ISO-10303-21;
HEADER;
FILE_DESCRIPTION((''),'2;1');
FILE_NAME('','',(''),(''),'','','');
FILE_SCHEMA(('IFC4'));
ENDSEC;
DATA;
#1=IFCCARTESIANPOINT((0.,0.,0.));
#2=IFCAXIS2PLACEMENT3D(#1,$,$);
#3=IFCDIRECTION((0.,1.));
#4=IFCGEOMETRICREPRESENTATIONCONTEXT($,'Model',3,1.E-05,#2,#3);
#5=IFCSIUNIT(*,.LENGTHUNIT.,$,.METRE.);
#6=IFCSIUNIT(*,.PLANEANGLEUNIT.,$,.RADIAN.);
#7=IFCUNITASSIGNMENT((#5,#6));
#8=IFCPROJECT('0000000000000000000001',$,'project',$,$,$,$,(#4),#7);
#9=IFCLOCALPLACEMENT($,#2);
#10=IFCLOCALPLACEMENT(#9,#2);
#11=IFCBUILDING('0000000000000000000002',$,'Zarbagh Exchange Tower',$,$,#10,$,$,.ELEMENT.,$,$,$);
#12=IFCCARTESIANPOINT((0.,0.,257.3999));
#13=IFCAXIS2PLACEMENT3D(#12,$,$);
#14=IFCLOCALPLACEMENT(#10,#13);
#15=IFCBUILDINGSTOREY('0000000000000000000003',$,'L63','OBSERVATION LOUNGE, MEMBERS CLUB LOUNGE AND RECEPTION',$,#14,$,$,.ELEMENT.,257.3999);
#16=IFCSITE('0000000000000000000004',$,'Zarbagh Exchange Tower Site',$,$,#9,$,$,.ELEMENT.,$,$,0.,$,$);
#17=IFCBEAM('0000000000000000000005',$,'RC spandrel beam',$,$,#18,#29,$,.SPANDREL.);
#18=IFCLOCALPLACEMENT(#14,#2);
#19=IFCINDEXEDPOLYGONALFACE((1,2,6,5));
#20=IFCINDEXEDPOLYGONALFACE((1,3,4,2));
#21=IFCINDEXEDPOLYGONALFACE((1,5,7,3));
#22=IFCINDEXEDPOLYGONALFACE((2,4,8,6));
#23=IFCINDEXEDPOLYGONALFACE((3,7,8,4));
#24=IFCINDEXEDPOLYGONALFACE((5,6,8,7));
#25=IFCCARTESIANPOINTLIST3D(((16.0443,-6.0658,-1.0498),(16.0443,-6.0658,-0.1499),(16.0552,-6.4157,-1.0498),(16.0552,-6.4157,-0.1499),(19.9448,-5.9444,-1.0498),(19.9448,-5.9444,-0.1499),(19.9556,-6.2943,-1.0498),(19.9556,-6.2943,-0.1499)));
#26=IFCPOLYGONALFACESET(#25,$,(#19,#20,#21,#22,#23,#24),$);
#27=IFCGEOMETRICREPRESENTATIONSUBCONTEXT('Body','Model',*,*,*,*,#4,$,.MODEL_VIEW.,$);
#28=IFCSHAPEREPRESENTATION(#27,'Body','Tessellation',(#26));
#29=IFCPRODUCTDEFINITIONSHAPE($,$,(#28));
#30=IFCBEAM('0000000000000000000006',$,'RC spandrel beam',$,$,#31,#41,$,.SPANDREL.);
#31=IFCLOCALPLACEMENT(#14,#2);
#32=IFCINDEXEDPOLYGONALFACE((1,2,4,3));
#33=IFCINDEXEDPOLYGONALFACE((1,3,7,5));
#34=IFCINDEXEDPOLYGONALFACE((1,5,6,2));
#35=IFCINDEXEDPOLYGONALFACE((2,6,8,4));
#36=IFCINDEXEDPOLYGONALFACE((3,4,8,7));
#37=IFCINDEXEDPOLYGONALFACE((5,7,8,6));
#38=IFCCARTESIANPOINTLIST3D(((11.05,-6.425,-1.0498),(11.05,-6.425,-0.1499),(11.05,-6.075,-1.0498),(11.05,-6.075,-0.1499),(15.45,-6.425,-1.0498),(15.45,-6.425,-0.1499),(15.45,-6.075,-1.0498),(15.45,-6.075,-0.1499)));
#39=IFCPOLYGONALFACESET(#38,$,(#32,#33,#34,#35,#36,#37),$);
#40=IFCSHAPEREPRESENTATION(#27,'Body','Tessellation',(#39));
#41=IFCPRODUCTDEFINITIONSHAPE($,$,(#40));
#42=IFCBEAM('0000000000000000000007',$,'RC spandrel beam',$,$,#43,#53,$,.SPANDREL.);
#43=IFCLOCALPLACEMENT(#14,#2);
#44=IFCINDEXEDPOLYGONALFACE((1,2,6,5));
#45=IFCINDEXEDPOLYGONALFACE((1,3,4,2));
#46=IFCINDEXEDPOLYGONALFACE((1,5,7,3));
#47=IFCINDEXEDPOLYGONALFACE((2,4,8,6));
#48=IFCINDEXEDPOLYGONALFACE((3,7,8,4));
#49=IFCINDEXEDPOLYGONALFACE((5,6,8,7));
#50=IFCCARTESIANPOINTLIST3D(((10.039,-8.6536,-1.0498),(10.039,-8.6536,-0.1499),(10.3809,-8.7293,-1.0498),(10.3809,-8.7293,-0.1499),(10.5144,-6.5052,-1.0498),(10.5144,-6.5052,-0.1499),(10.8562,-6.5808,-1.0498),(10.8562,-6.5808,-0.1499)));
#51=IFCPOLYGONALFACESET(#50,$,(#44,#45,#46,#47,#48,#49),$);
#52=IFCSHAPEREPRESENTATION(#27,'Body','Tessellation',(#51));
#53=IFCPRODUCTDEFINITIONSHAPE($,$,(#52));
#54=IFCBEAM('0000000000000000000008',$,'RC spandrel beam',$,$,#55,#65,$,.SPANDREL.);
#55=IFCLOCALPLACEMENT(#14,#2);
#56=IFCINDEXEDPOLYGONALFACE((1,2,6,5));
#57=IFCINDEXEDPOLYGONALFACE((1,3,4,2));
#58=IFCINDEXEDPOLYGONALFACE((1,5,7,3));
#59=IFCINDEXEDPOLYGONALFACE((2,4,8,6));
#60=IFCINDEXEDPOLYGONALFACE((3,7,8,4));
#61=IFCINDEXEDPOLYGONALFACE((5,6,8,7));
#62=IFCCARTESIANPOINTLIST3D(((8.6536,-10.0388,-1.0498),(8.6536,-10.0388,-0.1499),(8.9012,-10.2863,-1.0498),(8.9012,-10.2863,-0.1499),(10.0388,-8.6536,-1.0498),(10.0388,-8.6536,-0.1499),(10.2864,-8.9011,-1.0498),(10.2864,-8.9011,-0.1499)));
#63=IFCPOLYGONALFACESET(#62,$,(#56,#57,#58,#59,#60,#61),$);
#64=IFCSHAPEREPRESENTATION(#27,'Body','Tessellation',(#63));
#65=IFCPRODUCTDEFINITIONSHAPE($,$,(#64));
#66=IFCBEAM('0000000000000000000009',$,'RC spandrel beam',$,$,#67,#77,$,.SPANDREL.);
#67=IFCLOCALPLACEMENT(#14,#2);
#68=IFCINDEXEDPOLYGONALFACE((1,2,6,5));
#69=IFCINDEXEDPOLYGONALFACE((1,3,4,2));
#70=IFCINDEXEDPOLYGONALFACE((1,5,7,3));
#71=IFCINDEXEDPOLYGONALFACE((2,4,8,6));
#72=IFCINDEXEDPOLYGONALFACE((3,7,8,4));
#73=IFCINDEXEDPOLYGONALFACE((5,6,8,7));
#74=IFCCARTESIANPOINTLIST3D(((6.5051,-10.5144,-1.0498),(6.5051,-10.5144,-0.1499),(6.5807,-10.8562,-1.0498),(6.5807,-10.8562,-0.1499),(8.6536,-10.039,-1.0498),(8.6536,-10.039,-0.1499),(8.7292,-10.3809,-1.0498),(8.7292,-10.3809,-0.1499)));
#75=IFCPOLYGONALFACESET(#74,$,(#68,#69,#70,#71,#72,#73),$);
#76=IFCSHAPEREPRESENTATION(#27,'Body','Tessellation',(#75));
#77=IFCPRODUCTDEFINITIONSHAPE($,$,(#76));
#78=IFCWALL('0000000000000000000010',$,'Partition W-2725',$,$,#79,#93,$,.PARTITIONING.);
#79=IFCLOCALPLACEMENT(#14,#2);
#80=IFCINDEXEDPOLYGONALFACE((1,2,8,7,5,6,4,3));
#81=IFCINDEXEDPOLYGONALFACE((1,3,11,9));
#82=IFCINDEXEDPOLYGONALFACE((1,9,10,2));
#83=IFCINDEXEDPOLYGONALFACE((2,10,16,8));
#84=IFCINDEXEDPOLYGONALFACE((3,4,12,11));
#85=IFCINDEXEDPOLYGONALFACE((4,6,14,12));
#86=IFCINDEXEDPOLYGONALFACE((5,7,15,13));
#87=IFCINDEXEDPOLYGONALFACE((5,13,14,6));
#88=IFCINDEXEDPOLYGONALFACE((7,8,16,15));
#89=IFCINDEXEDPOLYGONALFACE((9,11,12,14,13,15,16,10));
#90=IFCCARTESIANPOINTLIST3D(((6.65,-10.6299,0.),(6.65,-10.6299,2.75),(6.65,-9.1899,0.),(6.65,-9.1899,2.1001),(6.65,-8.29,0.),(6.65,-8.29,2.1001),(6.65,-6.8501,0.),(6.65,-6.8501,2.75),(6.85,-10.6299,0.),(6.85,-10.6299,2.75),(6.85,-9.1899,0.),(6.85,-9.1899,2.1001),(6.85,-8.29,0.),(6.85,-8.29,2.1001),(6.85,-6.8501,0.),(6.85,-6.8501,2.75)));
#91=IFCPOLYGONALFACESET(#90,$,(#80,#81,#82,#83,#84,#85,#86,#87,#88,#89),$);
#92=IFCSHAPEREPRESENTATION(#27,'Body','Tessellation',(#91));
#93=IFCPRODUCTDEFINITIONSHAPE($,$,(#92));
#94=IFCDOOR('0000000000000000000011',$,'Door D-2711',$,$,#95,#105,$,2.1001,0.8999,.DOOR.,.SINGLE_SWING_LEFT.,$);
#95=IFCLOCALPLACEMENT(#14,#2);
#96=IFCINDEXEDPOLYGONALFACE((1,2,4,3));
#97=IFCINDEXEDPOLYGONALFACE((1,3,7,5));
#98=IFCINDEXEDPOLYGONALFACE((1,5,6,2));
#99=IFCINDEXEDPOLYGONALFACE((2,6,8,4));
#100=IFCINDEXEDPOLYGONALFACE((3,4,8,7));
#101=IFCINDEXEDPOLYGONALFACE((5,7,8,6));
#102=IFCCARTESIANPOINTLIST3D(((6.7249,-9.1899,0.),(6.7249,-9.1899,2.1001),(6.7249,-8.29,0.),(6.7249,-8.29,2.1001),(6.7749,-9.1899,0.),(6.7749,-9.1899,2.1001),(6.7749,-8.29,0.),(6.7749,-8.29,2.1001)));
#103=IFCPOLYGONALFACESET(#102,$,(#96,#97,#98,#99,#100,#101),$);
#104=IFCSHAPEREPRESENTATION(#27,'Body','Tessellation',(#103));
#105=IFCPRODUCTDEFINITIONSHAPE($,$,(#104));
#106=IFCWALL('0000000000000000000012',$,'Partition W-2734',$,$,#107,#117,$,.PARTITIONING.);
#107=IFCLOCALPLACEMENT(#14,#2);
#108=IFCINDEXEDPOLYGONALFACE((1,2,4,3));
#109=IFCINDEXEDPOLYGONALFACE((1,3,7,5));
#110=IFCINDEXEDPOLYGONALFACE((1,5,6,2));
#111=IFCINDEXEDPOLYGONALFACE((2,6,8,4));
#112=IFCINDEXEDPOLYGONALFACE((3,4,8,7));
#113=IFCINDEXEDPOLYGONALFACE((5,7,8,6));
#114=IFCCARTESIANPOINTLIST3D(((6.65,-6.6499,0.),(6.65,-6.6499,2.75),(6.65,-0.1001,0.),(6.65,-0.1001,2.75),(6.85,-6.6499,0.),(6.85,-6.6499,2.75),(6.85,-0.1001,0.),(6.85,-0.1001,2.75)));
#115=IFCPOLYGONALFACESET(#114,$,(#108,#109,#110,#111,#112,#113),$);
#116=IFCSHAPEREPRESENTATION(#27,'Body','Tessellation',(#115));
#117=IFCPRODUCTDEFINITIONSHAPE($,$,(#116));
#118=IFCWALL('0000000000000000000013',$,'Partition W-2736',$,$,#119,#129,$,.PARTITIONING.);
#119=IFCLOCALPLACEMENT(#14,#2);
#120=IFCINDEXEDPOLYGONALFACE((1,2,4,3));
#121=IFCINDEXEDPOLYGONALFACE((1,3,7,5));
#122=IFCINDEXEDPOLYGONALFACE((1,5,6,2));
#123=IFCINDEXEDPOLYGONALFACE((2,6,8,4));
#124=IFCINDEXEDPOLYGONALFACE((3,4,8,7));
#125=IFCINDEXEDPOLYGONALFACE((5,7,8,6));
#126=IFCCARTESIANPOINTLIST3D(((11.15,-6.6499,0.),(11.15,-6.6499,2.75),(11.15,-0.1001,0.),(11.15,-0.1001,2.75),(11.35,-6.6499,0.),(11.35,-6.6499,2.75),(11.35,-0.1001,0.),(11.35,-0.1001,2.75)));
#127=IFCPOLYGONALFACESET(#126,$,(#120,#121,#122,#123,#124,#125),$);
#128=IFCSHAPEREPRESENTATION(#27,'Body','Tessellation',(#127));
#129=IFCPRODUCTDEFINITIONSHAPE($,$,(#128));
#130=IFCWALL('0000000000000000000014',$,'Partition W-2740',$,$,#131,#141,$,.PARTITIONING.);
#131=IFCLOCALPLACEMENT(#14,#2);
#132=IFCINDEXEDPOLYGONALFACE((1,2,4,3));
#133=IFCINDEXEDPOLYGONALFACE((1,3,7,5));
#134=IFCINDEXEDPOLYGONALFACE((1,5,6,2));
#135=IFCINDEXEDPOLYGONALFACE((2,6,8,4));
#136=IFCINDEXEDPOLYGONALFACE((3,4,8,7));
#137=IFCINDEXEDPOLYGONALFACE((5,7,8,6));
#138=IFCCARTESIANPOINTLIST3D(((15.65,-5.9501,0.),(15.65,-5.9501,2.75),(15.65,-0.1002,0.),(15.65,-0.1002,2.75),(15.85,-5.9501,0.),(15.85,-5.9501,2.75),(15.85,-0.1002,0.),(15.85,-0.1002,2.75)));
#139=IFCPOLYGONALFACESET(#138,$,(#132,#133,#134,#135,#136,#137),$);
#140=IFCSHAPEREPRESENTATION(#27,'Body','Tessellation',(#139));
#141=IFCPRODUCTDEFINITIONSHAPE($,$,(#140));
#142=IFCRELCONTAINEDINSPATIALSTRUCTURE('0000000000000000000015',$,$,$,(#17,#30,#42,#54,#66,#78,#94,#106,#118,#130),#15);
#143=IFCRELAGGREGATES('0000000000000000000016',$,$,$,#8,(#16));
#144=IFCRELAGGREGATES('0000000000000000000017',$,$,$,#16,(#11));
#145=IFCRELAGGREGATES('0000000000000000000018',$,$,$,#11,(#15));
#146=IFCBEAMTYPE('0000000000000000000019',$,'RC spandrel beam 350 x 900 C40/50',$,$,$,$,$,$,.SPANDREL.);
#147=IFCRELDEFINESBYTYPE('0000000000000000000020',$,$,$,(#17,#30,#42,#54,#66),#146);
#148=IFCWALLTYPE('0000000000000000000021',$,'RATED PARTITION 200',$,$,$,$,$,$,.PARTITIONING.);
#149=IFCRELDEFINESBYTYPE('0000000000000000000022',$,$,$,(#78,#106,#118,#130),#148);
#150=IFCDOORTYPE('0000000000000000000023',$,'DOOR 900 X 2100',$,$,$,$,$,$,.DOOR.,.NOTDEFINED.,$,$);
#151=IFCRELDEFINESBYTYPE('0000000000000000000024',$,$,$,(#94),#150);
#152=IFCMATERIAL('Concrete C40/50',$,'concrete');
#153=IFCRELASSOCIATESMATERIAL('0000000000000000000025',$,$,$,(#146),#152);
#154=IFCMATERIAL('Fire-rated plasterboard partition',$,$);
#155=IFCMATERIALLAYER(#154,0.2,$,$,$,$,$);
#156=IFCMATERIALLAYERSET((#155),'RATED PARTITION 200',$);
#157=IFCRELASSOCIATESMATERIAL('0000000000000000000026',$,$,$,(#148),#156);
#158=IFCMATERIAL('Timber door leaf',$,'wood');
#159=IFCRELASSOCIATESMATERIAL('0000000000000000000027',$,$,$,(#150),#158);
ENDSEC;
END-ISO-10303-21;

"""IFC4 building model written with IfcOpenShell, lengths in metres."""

from ifc_helpers import new_model, si_unit, direction, frame, frame_2d, origin, origin_2d, place, context, subcontext, project, spatial, rectangle, extrude, material, layer, layer_set, material_profile, profile_set, type_object, element, fill, save


model = new_model("IFC4")

# Units and contexts
model_context = context("Model", 3, precision=1e-05, world=origin(), true_north=direction((0.0, 1.0)))
body_context = subcontext(model_context, "Body", "Model", "MODEL_VIEW")
ifc_project = project(units=[si_unit("LENGTHUNIT", "METRE"), si_unit("PLANEANGLEUNIT", "RADIAN")], contexts=[model_context])

# Site, building, storey
site_placement = place(None, origin())
site = spatial("IfcSite", under=ifc_project, at=site_placement, Name="Zarbagh Exchange Tower Site", CompositionType="ELEMENT", RefElevation=0.0)
building_placement = place(site_placement, origin())
building = spatial("IfcBuilding", under=site, at=building_placement, Name="Zarbagh Exchange Tower", CompositionType="ELEMENT")
storey_placement = place(building_placement, frame((0.0, 0.0, 257.3999)))
storey = spatial("IfcBuildingStorey", under=building, at=storey_placement, Name="L63", Description="OBSERVATION LOUNGE, MEMBERS CLUB LOUNGE AND RECEPTION", CompositionType="ELEMENT", Elevation=257.3999)

# Shared definitions
ifc_material_1 = material(Name="Concrete C40/50", Category="concrete")

# Beams
ifc_material_profile_1 = material_profile(ifc_material_1, rectangle(XDim=0.3501, YDim=0.8999, at=origin_2d()), Name="RC spandrel beam 350 x 900 C40/50")
ifc_profile_set_1 = profile_set([ifc_material_profile_1], Name="Concrete C40/50")
beam_type_1 = type_object("IfcBeamType", Name="RC spandrel beam 350 x 900 C40/50", PredefinedType="SPANDREL", material=ifc_profile_set_1)
beam_1_placement = place(storey_placement, frame((19.9502, -6.1194, -0.5999), z_axis=(-0.999516, -0.031094, 0.0), x_axis=(0.031094, -0.999516, 0.0)))
element("IfcBeam", 1, at=beam_1_placement, inside=storey, type_object=beam_type_1, Name="RC spandrel beam", PredefinedType="SPANDREL", context=body_context, shape_type="SweptSolid", body=[
    extrude(rectangle(XDim=0.3501, YDim=0.8999, at=origin_2d()), origin(), (0.0, 0.0, 1.0), 3.9023),
])
beam_2_placement = place(storey_placement, frame((15.45, -6.25, -0.5999), z_axis=(-1.0, 0.0, 0.0), x_axis=(0.0, -1.0, 0.0)))
element("IfcBeam", 2, at=beam_2_placement, inside=storey, type_object=beam_type_1, Name="RC spandrel beam", PredefinedType="SPANDREL", context=body_context, shape_type="SweptSolid", body=[
    extrude(rectangle(XDim=0.3501, YDim=0.8999, at=origin_2d()), origin(), (0.0, 0.0, 1.0), 4.3999),
])
beam_3_placement = place(storey_placement, frame((10.6853, -6.543, -0.5999), z_axis=(-0.216026, -0.976388, 0.0), x_axis=(0.976388, -0.216026, 0.0)))
element("IfcBeam", 3, at=beam_3_placement, inside=storey, type_object=beam_type_1, Name="RC spandrel beam", PredefinedType="SPANDREL", context=body_context, shape_type="SweptSolid", body=[
    extrude(rectangle(XDim=0.3501, YDim=0.8999, at=origin_2d()), origin(), (0.0, 0.0, 1.0), 2.2004),
])
beam_4_placement = place(storey_placement, frame((10.1626, -8.7773, -0.5999), z_axis=(-0.707107, -0.707107, 0.0), x_axis=(0.707107, -0.707107, 0.0)))
element("IfcBeam", 4, at=beam_4_placement, inside=storey, type_object=beam_type_1, Name="RC spandrel beam", PredefinedType="SPANDREL", context=body_context, shape_type="SweptSolid", body=[
    extrude(rectangle(XDim=0.3501, YDim=0.8999, at=origin_2d()), origin(), (0.0, 0.0, 1.0), 1.959),
])
beam_5_placement = place(storey_placement, frame((8.6914, -10.21, -0.5999), z_axis=(-0.976388, -0.216026, 0.0), x_axis=(0.216026, -0.976388, 0.0)))
element("IfcBeam", 5, at=beam_5_placement, inside=storey, type_object=beam_type_1, Name="RC spandrel beam", PredefinedType="SPANDREL", context=body_context, shape_type="SweptSolid", body=[
    extrude(rectangle(XDim=0.3501, YDim=0.8999, at=origin_2d()), origin(), (0.0, 0.0, 1.0), 2.2004),
])

# Wall, opening, door
ifc_material_2 = material(Name="Fire-rated plasterboard partition")
ifc_layer = layer(ifc_material_2, 0.2)
ifc_layer_set = layer_set([ifc_layer], Name="RATED PARTITION 200")
wall_type = type_object("IfcWallType", Name="RATED PARTITION 200", PredefinedType="PARTITIONING", material=ifc_layer_set)
wall_1_placement = place(storey_placement, frame((6.75, -6.8501, 0.0), z_axis=(0.0, 0.0, 1.0), x_axis=(0.0, -1.0, 0.0)))
wall_1 = element("IfcWall", 6, at=wall_1_placement, inside=storey, type_object=wall_type, Name="Partition W-2725", PredefinedType="PARTITIONING", context=body_context, shape_type="SweptSolid", body=[
    extrude(rectangle(XDim=3.7798, YDim=0.2, at=frame_2d((1.8899, 0.0))), origin(), (0.0, 0.0, 1.0), 2.75),
])
opening_placement = place(wall_1_placement, frame((1.4399, 0.0, 0.0)))
opening = element("IfcOpeningElement", 7, at=opening_placement, cuts=wall_1, PredefinedType="OPENING", context=body_context, shape_type="SweptSolid", body=[
    extrude(rectangle(XDim=0.8999, YDim=2.1001, at=frame_2d((0.45, 1.05))), frame((0.0, 0.1099, 0.0), z_axis=(0.0, -1.0, 0.0), x_axis=(1.0, 0.0, 0.0)), (0.0, 0.0, 1.0), 0.22),
])
ifc_material_3 = material(Name="Timber door leaf", Category="wood")
door_type = type_object("IfcDoorType", Name="DOOR 900 X 2100", OperationType="NOTDEFINED", PredefinedType="DOOR", material=ifc_material_3)
door_placement = place(opening_placement, origin())
door = element("IfcDoor", 8, at=door_placement, inside=storey, type_object=door_type, Name="Door D-2711", OperationType="SINGLE_SWING_LEFT", OverallHeight=2.1001, OverallWidth=0.8999, PredefinedType="DOOR", context=body_context, shape_type="SweptSolid", body=[
    extrude(rectangle(XDim=0.8999, YDim=2.1001, at=frame_2d((0.45, 1.05))), frame((0.0, 0.0249, 0.0), z_axis=(0.0, -1.0, 0.0), x_axis=(1.0, 0.0, 0.0)), (0.0, 0.0, 1.0), 0.05),
])
fill(opening, door)

# Walls
for number, where, z_axis, x_axis, name in (
    (9, (6.75, -6.6499, 0.0), (0.0, 0.0, 1.0), (0.0, 1.0, 0.0), "Partition W-2734"),
    (10, (11.25, -6.6499, 0.0), (0.0, 0.0, 1.0), (0.0, 1.0, 0.0), "Partition W-2736"),
):
    element("IfcWall", number, at=place(storey_placement, frame(where, z_axis=z_axis, x_axis=x_axis)), inside=storey, type_object=wall_type, Name=name, PredefinedType="PARTITIONING", context=body_context, shape_type="SweptSolid", body=[
        extrude(rectangle(XDim=6.5498, YDim=0.2, at=frame_2d((3.2749, 0.0))), origin(), (0.0, 0.0, 1.0), 2.75),
    ])
wall_2_placement = place(storey_placement, frame((15.75, -5.95, 0.0), z_axis=(0.0, 0.0, 1.0), x_axis=(0.0, 1.0, 0.0)))
element("IfcWall", 11, at=wall_2_placement, inside=storey, type_object=wall_type, Name="Partition W-2740", PredefinedType="PARTITIONING", context=body_context, shape_type="SweptSolid", body=[
    extrude(rectangle(XDim=5.8499, YDim=0.2, at=frame_2d((2.9248, 0.0))), origin(), (0.0, 0.0, 1.0), 2.75),
])

save(model, "model.ifc")
